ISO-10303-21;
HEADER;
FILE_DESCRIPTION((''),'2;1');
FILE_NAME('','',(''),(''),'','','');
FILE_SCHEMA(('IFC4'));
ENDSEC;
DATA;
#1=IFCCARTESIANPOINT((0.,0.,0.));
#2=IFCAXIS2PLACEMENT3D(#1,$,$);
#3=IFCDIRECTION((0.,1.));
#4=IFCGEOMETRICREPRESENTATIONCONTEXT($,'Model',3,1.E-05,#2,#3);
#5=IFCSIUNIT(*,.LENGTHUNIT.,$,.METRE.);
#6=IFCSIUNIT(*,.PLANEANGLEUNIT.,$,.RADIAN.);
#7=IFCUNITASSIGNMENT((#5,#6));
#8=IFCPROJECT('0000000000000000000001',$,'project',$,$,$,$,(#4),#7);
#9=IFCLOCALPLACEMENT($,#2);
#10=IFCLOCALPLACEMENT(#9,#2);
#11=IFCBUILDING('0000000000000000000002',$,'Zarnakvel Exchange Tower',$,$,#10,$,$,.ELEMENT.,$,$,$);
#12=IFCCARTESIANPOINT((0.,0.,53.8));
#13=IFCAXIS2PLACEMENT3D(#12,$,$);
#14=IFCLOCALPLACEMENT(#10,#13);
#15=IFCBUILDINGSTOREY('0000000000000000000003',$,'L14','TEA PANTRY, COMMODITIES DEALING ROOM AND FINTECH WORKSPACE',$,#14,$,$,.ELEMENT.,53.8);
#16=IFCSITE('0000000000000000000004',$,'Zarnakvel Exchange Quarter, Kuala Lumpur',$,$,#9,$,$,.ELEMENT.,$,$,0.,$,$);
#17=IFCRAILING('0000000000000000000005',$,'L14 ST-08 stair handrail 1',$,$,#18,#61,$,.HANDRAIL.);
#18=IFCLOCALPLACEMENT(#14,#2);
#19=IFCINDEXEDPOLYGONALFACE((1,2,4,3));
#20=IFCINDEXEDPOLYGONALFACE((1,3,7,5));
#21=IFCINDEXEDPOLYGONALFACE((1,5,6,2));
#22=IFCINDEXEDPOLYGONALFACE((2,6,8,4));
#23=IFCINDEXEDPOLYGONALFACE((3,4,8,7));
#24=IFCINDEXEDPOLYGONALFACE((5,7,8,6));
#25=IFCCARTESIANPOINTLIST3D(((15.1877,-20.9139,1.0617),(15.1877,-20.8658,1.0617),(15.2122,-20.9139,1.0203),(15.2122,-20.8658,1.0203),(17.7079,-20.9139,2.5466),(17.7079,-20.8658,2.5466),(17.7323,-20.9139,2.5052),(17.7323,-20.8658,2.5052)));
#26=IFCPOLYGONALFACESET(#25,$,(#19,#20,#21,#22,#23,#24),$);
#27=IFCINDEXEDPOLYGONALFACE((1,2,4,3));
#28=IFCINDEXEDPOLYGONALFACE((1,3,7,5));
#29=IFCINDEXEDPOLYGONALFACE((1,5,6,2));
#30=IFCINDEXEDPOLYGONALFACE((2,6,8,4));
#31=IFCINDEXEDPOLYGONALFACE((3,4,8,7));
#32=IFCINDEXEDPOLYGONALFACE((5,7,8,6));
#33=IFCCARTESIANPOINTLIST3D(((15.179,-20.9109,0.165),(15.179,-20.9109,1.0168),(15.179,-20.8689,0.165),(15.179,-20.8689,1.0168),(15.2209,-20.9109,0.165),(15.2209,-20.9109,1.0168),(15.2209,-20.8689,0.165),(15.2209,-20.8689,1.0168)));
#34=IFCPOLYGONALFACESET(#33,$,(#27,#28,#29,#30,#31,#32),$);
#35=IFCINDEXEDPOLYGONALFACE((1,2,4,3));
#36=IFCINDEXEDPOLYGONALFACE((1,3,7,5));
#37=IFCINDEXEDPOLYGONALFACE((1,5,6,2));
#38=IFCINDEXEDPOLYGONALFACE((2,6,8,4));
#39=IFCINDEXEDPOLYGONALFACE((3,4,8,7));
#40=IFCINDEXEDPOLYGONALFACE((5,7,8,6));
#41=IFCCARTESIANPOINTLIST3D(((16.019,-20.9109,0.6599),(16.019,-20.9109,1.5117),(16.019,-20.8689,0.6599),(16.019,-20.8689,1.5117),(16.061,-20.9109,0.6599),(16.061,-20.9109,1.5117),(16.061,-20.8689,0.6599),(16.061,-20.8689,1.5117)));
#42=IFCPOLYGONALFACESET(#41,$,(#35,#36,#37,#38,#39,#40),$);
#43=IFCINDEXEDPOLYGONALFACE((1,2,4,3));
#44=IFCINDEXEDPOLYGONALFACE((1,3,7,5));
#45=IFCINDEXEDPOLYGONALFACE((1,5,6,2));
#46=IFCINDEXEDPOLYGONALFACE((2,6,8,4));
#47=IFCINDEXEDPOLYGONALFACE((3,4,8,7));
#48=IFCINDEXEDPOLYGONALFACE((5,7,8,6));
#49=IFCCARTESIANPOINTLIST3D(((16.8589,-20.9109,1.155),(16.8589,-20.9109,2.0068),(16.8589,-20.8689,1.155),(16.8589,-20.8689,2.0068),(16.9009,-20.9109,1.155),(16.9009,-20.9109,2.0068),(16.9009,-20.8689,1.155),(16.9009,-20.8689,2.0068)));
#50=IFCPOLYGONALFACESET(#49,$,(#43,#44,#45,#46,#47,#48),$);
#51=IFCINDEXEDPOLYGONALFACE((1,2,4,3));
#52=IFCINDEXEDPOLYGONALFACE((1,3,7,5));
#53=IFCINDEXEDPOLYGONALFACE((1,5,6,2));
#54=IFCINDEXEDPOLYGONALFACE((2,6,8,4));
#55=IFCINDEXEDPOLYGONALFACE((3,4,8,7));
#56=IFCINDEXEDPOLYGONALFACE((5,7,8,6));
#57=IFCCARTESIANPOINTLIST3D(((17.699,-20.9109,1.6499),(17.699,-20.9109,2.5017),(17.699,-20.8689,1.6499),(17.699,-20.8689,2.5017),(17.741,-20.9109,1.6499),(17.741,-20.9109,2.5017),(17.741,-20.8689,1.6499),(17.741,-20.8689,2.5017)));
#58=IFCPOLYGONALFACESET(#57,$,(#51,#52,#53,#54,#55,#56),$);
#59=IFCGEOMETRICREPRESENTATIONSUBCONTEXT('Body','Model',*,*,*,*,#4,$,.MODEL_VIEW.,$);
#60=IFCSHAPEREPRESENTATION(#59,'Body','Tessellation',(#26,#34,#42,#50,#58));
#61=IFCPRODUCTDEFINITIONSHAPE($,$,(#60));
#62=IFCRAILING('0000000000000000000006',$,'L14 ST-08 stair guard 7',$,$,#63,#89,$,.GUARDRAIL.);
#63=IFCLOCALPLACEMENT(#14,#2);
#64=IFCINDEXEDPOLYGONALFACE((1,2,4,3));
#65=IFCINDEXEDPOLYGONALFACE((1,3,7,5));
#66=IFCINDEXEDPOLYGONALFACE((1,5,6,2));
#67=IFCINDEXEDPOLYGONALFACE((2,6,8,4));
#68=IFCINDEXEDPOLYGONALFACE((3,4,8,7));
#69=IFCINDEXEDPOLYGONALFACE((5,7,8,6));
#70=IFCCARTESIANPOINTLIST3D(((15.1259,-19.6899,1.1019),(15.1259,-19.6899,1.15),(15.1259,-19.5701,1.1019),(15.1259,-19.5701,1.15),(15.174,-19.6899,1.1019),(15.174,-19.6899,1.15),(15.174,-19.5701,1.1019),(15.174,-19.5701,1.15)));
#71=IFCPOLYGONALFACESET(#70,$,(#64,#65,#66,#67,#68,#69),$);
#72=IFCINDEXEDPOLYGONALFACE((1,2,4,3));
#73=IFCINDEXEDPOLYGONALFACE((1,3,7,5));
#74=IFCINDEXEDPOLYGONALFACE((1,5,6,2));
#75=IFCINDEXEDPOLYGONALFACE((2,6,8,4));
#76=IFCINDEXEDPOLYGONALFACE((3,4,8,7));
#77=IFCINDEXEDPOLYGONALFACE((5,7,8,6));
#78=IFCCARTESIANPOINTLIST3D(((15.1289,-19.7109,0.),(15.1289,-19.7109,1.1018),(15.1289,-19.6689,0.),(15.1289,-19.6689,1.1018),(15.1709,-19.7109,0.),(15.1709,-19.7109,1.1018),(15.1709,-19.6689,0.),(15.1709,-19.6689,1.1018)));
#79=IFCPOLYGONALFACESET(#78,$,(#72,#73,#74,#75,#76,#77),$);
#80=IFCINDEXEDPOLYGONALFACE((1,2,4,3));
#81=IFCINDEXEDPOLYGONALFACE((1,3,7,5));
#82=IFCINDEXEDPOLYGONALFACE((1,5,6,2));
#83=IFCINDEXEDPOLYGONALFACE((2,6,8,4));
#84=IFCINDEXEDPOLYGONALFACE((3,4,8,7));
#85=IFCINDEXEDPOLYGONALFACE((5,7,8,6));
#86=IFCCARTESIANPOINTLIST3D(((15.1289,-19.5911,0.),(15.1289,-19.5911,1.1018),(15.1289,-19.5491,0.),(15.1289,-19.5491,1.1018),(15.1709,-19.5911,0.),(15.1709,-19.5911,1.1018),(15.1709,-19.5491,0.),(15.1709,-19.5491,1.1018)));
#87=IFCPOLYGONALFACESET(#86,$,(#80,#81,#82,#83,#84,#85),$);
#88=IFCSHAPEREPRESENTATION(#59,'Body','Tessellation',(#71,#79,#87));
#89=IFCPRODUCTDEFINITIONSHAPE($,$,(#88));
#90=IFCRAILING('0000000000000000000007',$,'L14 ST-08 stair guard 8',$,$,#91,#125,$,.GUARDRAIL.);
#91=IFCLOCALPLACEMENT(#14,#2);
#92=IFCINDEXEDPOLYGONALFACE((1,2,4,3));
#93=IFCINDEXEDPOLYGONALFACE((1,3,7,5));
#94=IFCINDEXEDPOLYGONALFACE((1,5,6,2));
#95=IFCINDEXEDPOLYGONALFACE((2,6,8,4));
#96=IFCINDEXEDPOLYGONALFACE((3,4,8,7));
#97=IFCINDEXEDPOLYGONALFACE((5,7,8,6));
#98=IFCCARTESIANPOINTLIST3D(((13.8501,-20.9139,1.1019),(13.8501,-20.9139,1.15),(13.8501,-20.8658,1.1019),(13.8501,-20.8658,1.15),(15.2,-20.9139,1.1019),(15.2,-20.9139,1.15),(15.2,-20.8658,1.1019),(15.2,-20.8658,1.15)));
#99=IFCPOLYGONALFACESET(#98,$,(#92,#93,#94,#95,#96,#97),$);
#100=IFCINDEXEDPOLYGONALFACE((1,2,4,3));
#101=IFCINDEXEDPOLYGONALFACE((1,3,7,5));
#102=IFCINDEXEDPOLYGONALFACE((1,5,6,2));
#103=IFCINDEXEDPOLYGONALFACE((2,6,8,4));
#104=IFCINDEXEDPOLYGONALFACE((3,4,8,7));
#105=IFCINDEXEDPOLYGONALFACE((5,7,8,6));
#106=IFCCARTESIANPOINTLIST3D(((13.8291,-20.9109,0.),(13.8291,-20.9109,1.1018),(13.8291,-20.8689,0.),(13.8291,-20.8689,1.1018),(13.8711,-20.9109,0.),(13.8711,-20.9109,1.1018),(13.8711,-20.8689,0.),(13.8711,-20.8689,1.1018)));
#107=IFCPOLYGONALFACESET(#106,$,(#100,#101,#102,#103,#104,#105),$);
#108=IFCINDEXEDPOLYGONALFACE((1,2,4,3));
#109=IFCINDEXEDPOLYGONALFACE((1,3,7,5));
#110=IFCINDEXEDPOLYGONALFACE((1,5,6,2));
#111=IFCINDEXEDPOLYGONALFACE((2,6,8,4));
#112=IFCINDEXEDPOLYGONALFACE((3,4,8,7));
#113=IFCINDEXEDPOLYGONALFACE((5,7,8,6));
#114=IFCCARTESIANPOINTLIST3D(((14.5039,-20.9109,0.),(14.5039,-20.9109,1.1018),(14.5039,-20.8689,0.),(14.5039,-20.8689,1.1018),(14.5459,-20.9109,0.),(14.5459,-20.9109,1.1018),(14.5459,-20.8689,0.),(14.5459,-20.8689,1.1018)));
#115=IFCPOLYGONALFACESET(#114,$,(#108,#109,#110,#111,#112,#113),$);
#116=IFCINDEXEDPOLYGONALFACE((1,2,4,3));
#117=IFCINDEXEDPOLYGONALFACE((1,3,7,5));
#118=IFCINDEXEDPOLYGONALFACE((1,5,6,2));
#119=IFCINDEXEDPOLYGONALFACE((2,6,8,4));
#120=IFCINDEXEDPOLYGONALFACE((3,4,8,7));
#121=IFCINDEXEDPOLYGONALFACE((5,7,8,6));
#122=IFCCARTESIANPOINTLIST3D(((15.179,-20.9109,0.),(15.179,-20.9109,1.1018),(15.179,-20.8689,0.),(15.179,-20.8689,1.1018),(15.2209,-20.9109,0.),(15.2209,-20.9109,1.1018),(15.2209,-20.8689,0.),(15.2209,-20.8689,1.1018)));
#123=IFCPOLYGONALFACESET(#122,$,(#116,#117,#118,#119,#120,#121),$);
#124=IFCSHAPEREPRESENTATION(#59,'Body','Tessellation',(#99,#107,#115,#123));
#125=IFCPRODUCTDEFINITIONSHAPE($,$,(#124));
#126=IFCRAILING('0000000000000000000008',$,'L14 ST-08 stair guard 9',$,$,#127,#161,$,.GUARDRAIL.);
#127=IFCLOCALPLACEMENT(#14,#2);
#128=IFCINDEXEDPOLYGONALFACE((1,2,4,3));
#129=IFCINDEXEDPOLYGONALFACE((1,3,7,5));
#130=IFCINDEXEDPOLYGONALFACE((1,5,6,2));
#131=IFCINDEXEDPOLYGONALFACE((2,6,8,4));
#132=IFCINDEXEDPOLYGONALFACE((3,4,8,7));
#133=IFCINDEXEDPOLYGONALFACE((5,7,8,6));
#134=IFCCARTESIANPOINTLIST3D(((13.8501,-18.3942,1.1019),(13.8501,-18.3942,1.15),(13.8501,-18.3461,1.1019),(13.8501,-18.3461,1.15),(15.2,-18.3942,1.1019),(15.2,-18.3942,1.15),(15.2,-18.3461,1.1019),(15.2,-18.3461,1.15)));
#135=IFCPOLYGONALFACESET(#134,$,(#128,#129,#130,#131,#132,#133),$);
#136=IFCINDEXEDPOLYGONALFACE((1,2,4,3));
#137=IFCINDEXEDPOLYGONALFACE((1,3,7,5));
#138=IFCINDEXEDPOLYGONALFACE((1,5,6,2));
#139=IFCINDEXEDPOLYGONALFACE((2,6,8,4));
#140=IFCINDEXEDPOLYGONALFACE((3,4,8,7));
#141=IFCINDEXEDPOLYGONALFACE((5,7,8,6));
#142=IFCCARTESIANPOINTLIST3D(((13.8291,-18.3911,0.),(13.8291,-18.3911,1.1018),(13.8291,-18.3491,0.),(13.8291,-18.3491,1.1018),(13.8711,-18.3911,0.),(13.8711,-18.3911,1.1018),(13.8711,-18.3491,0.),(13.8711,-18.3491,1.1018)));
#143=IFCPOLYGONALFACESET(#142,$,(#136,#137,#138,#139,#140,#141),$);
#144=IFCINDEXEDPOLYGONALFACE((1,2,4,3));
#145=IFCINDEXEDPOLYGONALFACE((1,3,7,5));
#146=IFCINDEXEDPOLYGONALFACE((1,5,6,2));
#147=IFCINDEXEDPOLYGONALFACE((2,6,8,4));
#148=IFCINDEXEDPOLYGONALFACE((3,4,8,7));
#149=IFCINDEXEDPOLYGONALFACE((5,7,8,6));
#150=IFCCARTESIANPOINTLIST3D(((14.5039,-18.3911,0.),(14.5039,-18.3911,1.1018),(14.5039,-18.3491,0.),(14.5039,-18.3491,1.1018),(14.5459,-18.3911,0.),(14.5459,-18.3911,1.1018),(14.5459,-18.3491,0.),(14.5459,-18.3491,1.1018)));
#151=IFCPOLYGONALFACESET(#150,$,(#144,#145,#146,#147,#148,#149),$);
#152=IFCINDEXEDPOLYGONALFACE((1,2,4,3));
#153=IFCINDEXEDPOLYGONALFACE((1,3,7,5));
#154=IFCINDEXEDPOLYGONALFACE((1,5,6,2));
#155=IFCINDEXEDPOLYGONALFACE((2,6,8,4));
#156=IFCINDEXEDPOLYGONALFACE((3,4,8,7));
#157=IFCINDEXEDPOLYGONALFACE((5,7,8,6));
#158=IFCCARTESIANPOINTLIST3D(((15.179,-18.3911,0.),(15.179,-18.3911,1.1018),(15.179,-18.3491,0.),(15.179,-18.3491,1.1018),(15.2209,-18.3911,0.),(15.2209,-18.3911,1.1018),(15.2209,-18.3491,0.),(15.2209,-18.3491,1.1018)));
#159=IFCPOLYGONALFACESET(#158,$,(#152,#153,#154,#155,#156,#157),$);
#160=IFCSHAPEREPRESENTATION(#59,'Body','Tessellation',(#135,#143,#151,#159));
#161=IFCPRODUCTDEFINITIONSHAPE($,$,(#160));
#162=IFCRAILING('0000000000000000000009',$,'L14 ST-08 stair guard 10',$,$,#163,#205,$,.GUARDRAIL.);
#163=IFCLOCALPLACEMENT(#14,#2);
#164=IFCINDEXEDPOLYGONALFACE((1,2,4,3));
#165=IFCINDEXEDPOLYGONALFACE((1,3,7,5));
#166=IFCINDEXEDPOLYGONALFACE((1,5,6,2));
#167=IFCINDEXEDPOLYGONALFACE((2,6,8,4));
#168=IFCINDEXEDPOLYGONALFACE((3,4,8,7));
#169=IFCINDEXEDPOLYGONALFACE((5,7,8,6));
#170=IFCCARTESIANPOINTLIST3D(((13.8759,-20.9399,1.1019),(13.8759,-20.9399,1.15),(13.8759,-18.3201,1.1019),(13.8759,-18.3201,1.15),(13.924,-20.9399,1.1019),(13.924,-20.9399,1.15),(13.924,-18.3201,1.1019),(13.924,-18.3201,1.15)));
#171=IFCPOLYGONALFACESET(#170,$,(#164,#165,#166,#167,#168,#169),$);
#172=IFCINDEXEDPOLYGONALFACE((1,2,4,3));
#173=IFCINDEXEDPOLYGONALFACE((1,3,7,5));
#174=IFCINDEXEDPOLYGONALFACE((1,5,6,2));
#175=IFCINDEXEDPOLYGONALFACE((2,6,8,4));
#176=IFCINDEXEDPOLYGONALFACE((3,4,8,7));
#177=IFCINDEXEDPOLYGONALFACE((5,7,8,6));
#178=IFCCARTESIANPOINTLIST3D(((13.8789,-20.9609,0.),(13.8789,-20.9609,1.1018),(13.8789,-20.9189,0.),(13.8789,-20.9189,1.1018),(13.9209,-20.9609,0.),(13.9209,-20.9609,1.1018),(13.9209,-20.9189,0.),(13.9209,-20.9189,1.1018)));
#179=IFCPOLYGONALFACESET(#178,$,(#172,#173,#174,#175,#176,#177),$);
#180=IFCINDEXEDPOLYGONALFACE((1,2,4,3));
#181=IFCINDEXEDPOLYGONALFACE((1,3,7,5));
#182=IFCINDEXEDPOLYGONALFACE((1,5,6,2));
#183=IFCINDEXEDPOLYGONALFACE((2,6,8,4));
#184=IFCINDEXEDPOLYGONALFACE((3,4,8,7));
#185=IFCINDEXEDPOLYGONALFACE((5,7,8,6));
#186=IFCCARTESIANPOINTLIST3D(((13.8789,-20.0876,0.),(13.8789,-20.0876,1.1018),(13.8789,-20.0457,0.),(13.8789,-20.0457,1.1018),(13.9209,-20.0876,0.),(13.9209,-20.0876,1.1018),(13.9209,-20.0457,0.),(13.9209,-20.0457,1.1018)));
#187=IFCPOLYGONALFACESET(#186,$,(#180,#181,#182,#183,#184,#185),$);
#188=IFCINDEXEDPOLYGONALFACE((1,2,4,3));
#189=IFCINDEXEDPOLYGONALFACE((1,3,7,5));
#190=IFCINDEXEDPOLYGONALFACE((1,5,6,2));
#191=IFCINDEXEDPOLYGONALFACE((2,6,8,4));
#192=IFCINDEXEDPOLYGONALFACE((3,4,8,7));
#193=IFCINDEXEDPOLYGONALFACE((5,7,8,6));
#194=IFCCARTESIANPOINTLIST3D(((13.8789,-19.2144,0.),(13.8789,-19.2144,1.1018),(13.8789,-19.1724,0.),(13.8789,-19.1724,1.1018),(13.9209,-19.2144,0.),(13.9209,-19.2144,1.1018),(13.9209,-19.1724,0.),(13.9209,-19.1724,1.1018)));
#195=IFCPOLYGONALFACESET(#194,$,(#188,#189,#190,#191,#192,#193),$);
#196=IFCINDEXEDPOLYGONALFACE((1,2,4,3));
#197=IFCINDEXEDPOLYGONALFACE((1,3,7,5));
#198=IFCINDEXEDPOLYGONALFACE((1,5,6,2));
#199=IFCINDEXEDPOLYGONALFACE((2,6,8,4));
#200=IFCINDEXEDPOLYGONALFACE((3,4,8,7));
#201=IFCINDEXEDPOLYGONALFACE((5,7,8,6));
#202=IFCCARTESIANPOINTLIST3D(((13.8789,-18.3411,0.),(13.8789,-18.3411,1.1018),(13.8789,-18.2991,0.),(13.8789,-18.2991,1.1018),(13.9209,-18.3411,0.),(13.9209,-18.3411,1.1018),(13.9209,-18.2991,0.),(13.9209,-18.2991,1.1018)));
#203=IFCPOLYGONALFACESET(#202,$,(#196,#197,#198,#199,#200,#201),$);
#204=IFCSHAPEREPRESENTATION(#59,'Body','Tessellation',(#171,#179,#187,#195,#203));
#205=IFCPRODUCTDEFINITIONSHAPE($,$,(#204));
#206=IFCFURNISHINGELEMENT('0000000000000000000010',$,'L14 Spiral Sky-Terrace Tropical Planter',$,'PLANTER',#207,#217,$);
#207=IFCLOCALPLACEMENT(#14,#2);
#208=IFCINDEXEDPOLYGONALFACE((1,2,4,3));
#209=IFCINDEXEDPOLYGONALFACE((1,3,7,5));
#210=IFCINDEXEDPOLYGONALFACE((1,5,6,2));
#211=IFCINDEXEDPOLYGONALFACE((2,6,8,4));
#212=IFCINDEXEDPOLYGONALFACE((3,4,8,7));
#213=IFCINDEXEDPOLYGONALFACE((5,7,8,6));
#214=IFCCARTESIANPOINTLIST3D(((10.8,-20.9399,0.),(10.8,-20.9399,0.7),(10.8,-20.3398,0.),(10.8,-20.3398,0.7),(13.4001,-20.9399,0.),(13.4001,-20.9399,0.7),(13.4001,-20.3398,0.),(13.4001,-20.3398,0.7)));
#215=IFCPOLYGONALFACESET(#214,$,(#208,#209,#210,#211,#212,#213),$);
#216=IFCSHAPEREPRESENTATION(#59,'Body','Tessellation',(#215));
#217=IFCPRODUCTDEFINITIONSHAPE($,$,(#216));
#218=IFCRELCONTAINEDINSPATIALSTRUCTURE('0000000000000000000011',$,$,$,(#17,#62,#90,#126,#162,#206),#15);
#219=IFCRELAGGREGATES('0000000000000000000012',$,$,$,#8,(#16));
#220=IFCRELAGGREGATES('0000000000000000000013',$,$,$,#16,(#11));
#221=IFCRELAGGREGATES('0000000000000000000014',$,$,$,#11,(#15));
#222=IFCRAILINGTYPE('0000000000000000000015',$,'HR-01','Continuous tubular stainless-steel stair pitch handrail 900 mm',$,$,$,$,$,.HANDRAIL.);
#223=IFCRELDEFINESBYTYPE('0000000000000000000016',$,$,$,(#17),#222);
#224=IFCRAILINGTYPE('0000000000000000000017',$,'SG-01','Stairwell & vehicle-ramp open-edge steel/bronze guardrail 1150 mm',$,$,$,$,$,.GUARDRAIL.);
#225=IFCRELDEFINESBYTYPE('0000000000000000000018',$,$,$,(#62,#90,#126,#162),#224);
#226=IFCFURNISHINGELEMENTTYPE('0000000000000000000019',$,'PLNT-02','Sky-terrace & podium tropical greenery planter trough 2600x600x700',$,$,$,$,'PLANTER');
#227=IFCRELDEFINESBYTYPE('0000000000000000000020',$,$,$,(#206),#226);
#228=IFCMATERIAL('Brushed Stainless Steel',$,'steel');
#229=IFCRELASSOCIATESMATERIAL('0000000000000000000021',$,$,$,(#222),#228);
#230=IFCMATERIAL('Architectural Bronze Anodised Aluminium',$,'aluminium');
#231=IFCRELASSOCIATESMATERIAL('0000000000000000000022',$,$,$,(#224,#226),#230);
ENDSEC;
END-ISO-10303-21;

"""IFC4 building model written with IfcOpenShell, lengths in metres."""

from ifc_helpers import new_model, si_unit, direction, frame, origin, origin_2d, place, context, subcontext, project, spatial, rectangle, extrude, source, transform, mapped, material, type_object, element, save


model = new_model("IFC4")

# Units and contexts
model_context = context("Model", 3, precision=1e-05, world=origin(), true_north=direction((0.0, 1.0)))
body_context = subcontext(model_context, "Body", "Model", "MODEL_VIEW")
ifc_project = project(units=[si_unit("LENGTHUNIT", "METRE"), si_unit("PLANEANGLEUNIT", "RADIAN")], contexts=[model_context])

# Site, building, storey
site_placement = place(None, origin())
site = spatial("IfcSite", under=ifc_project, at=site_placement, Name="Zarnakvel Exchange Quarter, Kuala Lumpur", CompositionType="ELEMENT", RefElevation=0.0)
building_placement = place(site_placement, origin())
building = spatial("IfcBuilding", under=site, at=building_placement, Name="Zarnakvel Exchange Tower", CompositionType="ELEMENT")
storey_placement = place(building_placement, frame((0.0, 0.0, 53.8)))
storey = spatial("IfcBuildingStorey", under=building, at=storey_placement, Name="L14", Description="TEA PANTRY, COMMODITIES DEALING ROOM AND FINTECH WORKSPACE", CompositionType="ELEMENT", Elevation=53.8)

# Shared definitions
ifc_material_1 = material(Name="Architectural Bronze Anodised Aluminium", Category="aluminium")

# Railings
ifc_material_2 = material(Name="Brushed Stainless Steel", Category="steel")
railing_type_1 = type_object("IfcRailingType", Name="HR-01", Description="Continuous tubular stainless-steel stair pitch handrail 900 mm", PredefinedType="HANDRAIL", material=ifc_material_2)
railing_1_placement = place(storey_placement, frame((15.2, -20.8899, 0.165)))
element("IfcRailing", 1, at=railing_1_placement, inside=storey, type_object=railing_type_1, Name="L14 ST-08 stair handrail 1", PredefinedType="HANDRAIL", context=body_context, shape_type="SweptSolid", body=[
    extrude(rectangle(XDim=0.0481, YDim=0.0481, at=origin_2d()), frame((0.0, 0.0, 0.876), z_axis=(0.861561, 0.0, 0.507655), x_axis=(0.0, 1.0, 0.0)), (0.0, 0.0, 1.0), 2.925),
    extrude(rectangle(XDim=0.042, YDim=0.042, at=origin_2d()), origin(), (0.0, 0.0, 1.0), 0.8518),
    extrude(rectangle(XDim=0.042, YDim=0.042, at=origin_2d()), frame((0.8401, 0.0, 0.4949)), (0.0, 0.0, 1.0), 0.8518),
    extrude(rectangle(XDim=0.042, YDim=0.042, at=origin_2d()), frame((1.6799, 0.0, 0.99)), (0.0, 0.0, 1.0), 0.8518),
    extrude(rectangle(XDim=0.042, YDim=0.042, at=origin_2d()), frame((2.52, 0.0, 1.4849)), (0.0, 0.0, 1.0), 0.8518),
])
railing_type_2 = type_object("IfcRailingType", Name="SG-01", Description="Stairwell & vehicle-ramp open-edge steel/bronze guardrail 1150 mm", PredefinedType="GUARDRAIL", material=ifc_material_1)
railing_2_placement = place(storey_placement, frame((15.1499, -19.6899, 0.0)))
element("IfcRailing", 2, at=railing_2_placement, inside=storey, type_object=railing_type_2, Name="L14 ST-08 stair guard 7", PredefinedType="GUARDRAIL", context=body_context, shape_type="SweptSolid", body=[
    extrude(rectangle(XDim=0.0481, YDim=0.0481, at=origin_2d()), frame((0.0, 0.0, 1.126), z_axis=(0.0, 1.0, 0.0), x_axis=(-1.0, 0.0, 0.0)), (0.0, 0.0, 1.0), 0.1199),
    extrude(rectangle(XDim=0.042, YDim=0.042, at=origin_2d()), origin(), (0.0, 0.0, 1.0), 1.1018),
    extrude(rectangle(XDim=0.042, YDim=0.042, at=origin_2d()), frame((0.0, 0.1199, 0.0)), (0.0, 0.0, 1.0), 1.1018),
])
for number, where, name in (
    (3, (13.8501, -20.8899, 0.0), "L14 ST-08 stair guard 8"),
    (4, (13.8501, -18.3701, 0.0), "L14 ST-08 stair guard 9"),
):
    element("IfcRailing", number, at=place(storey_placement, frame(where)), inside=storey, type_object=railing_type_2, Name=name, PredefinedType="GUARDRAIL", context=body_context, shape_type="SweptSolid", body=[
        extrude(rectangle(XDim=0.0481, YDim=0.0481, at=origin_2d()), frame((0.0, 0.0, 1.126), z_axis=(1.0, 0.0, 0.0), x_axis=(0.0, 1.0, 0.0)), (0.0, 0.0, 1.0), 1.3499),
        extrude(rectangle(XDim=0.042, YDim=0.042, at=origin_2d()), origin(), (0.0, 0.0, 1.0), 1.1018),
        extrude(rectangle(XDim=0.042, YDim=0.042, at=origin_2d()), frame((0.6748, 0.0, 0.0)), (0.0, 0.0, 1.0), 1.1018),
        extrude(rectangle(XDim=0.042, YDim=0.042, at=origin_2d()), frame((1.3499, 0.0, 0.0)), (0.0, 0.0, 1.0), 1.1018),
    ])
railing_3_placement = place(storey_placement, frame((13.8999, -20.9399, 0.0)))
element("IfcRailing", 5, at=railing_3_placement, inside=storey, type_object=railing_type_2, Name="L14 ST-08 stair guard 10", PredefinedType="GUARDRAIL", context=body_context, shape_type="SweptSolid", body=[
    extrude(rectangle(XDim=0.0481, YDim=0.0481, at=origin_2d()), frame((0.0, 0.0, 1.126), z_axis=(0.0, 1.0, 0.0), x_axis=(-1.0, 0.0, 0.0)), (0.0, 0.0, 1.0), 2.6199),
    extrude(rectangle(XDim=0.042, YDim=0.042, at=origin_2d()), origin(), (0.0, 0.0, 1.0), 1.1018),
    extrude(rectangle(XDim=0.042, YDim=0.042, at=origin_2d()), frame((0.0, 0.8733, 0.0)), (0.0, 0.0, 1.0), 1.1018),
    extrude(rectangle(XDim=0.042, YDim=0.042, at=origin_2d()), frame((0.0, 1.7466, 0.0)), (0.0, 0.0, 1.0), 1.1018),
    extrude(rectangle(XDim=0.042, YDim=0.042, at=origin_2d()), frame((0.0, 2.6199, 0.0)), (0.0, 0.0, 1.0), 1.1018),
])

# Furnishing element
furnishing_element_type = type_object("IfcFurnishingElementType", Name="PLNT-02", Description="Sky-terrace & podium tropical greenery planter trough 2600x600x700", ElementType="PLANTER", material=ifc_material_1)
shared_shape_1 = source(origin(), body_context, "Body", "SweptSolid", [
    extrude(rectangle(XDim=2.6001, YDim=0.6001, at=origin_2d()), origin(), (0.0, 0.0, 1.0), 0.7),
])
furnishing_placement = place(storey_placement, frame((12.1001, -20.6399, 0.0), z_axis=(0.0, 0.0, 1.0), x_axis=(1.0, 0.0, 0.0)))
element("IfcFurnishingElement", 6, at=furnishing_placement, inside=storey, type_object=furnishing_element_type, Name="L14 Spiral Sky-Terrace Tropical Planter", ObjectType="PLANTER", context=body_context, shape_type="MappedRepresentation", body=[
    mapped(shared_shape_1, transform((0.0, 0.0, 0.0), x_axis=(1.0, 0.0, 0.0), y_axis=(0.0, 1.0, 0.0), z_axis=(0.0, 0.0, 1.0), scale=1.0)),
])

save(model, "model.ifc")
